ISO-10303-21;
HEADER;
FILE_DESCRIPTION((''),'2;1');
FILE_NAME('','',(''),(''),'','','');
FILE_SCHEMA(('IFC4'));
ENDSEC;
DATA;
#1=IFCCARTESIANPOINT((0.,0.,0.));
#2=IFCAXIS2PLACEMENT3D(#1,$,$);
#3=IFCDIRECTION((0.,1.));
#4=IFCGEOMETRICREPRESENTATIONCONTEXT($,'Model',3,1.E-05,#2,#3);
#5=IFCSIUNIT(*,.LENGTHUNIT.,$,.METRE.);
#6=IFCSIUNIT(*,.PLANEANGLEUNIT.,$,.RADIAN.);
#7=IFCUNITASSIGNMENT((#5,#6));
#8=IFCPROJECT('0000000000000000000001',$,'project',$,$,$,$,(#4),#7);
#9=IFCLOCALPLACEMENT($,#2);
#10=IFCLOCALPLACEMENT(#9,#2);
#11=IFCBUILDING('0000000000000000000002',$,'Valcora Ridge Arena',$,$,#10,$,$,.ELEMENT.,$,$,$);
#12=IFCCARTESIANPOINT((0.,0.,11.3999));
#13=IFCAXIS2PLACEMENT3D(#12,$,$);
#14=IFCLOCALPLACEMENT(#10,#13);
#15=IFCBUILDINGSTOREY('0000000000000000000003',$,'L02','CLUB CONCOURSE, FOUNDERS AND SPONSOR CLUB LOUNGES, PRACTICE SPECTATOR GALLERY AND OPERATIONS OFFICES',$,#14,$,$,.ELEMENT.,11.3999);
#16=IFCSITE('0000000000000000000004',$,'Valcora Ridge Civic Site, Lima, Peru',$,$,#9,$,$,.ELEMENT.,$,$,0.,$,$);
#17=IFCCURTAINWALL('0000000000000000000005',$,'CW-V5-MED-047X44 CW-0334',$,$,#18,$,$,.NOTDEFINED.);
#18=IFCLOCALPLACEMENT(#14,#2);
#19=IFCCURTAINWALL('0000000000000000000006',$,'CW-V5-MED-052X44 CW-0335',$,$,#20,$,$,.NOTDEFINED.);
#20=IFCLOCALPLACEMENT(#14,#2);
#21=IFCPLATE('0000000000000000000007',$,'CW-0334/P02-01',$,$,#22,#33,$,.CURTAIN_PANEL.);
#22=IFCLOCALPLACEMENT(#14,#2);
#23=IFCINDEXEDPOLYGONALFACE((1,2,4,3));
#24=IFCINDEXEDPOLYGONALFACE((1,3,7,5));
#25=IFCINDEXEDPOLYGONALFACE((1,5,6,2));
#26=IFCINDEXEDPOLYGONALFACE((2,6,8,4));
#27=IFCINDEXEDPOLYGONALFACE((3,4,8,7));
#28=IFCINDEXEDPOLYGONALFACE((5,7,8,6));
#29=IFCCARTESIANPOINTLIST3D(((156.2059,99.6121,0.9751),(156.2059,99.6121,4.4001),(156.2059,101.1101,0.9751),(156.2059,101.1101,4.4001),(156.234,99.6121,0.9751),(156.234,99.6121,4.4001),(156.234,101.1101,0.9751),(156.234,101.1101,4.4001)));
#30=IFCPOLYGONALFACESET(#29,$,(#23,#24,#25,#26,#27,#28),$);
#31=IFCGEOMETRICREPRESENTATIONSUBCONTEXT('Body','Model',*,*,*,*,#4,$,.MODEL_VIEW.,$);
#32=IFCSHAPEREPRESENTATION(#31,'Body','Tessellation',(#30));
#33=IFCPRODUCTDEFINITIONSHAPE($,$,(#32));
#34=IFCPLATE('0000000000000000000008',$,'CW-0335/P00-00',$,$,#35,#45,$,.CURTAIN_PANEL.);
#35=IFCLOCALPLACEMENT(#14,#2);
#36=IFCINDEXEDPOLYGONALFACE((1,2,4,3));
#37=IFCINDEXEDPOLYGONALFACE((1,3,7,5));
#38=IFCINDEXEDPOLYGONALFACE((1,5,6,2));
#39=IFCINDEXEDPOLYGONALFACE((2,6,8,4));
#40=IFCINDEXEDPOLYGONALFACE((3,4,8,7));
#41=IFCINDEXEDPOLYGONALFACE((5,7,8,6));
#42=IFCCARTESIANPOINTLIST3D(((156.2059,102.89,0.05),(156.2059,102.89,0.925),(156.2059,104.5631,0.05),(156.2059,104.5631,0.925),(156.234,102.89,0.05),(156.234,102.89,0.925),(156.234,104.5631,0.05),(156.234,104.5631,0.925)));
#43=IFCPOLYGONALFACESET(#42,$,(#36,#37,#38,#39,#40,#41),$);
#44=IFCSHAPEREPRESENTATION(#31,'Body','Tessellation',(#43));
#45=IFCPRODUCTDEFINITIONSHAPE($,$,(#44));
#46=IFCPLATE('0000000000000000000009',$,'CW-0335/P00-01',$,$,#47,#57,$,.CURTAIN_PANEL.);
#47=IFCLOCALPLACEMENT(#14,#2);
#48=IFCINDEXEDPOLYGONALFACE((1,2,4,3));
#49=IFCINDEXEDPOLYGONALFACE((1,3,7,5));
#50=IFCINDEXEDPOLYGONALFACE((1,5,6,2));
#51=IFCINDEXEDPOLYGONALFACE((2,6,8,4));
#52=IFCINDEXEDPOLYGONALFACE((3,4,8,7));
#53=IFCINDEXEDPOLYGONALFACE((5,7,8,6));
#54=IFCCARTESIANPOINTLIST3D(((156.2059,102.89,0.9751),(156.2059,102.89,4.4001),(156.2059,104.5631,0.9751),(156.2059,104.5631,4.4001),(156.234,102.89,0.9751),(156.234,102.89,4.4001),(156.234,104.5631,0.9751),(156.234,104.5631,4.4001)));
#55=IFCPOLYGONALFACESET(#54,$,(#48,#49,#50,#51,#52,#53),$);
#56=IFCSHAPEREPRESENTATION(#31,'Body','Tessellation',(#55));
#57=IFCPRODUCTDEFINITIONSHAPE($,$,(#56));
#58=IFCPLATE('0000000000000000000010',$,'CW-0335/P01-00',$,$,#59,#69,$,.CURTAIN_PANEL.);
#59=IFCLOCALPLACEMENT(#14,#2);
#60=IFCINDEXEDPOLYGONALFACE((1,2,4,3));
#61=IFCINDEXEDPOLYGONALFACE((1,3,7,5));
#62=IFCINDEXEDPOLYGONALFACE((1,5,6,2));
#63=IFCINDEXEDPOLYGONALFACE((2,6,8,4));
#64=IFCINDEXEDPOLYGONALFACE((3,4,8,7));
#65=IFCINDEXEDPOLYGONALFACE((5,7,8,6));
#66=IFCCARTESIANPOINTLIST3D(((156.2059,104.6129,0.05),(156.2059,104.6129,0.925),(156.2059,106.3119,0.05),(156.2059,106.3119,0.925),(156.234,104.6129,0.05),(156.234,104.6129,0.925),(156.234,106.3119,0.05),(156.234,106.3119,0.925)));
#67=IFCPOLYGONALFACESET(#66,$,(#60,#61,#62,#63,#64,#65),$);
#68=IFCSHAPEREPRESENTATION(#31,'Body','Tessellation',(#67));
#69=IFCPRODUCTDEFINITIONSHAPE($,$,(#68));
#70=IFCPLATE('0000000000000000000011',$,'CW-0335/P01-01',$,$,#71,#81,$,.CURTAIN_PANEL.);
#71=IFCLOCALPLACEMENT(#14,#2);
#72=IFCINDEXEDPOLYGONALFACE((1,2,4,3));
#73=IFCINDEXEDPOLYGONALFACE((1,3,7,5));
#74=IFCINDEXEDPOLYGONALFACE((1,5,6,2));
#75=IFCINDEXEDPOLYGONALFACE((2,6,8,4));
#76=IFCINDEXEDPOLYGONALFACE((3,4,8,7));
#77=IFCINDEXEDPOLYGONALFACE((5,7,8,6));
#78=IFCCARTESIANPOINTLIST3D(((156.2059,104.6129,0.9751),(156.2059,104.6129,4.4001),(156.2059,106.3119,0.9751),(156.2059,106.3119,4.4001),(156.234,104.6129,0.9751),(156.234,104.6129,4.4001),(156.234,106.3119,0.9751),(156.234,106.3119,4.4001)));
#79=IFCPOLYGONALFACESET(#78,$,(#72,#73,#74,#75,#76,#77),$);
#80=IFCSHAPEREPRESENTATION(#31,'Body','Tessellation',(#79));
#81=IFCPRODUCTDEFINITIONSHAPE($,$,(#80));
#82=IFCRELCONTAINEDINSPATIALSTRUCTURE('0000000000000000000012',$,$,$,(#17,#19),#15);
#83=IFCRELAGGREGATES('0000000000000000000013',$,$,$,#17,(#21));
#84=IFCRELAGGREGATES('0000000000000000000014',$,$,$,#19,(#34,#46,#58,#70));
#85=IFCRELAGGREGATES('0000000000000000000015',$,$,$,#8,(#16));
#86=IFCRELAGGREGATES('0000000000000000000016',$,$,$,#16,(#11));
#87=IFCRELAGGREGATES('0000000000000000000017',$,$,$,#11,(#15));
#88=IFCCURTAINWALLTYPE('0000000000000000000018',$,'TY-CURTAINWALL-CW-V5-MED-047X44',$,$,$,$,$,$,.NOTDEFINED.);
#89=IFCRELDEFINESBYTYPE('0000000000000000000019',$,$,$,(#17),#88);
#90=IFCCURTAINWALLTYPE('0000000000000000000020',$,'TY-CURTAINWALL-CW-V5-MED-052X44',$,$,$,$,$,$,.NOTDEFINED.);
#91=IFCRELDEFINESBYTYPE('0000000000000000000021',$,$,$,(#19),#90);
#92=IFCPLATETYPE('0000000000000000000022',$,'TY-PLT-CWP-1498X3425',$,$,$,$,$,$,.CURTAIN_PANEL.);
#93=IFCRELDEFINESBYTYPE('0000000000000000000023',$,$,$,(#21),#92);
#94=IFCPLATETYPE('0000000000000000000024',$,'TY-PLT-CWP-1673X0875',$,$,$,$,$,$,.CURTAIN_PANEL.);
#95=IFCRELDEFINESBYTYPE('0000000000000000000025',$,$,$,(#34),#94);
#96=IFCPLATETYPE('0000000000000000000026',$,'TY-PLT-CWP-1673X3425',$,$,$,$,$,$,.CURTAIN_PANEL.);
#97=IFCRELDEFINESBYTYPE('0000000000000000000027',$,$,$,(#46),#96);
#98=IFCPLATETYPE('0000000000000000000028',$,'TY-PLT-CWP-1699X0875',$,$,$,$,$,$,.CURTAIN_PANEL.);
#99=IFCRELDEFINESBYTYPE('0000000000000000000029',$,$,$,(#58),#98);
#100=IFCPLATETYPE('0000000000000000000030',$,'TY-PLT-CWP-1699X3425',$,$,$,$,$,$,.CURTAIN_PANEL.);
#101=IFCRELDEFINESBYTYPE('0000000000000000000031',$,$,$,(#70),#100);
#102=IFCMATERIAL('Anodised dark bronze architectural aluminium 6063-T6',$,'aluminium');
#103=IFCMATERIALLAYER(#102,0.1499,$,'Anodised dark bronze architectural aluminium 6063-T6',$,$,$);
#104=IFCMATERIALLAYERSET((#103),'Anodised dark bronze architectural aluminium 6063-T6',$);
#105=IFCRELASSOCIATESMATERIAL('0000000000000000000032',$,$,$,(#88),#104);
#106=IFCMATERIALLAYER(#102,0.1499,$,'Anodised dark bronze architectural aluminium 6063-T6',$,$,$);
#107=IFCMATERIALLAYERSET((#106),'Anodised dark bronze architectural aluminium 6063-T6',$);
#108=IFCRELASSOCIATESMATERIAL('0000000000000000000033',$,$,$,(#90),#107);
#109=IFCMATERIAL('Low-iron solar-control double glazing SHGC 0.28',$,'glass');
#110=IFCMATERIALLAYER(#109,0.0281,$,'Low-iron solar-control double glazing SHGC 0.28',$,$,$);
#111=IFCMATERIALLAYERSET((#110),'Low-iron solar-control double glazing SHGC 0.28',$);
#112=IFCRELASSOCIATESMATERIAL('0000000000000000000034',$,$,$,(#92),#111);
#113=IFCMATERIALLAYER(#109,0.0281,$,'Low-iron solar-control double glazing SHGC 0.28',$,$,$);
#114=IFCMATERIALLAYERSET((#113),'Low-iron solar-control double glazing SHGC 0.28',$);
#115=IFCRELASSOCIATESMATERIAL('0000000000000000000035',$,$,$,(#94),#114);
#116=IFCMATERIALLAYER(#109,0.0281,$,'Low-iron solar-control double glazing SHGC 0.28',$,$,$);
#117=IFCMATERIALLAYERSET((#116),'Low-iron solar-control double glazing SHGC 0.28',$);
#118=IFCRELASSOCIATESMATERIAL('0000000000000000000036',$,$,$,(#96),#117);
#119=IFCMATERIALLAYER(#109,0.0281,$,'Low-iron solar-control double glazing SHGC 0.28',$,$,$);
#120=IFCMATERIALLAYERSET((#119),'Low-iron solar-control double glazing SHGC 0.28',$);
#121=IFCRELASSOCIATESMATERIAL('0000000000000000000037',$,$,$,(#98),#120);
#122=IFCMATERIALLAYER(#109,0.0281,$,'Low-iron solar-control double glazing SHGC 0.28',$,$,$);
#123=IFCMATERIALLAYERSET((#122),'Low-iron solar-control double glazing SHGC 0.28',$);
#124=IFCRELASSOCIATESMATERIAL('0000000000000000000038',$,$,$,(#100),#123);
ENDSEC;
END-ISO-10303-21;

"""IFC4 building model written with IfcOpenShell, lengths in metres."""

from ifc_helpers import new_model, si_unit, direction, frame, origin, origin_2d, place, context, subcontext, project, spatial, rectangle, extrude, material, layer, layer_set, type_object, element, aggregate, save


model = new_model("IFC4")

# Units and contexts
model_context = context("Model", 3, precision=1e-05, world=origin(), true_north=direction((0.0, 1.0)))
body_context = subcontext(model_context, "Body", "Model", "MODEL_VIEW")
ifc_project = project(units=[si_unit("LENGTHUNIT", "METRE"), si_unit("PLANEANGLEUNIT", "RADIAN")], contexts=[model_context])

# Site, building, storey
site_placement = place(None, origin())
site = spatial("IfcSite", under=ifc_project, at=site_placement, Name="Valcora Ridge Civic Site, Lima, Peru", CompositionType="ELEMENT", RefElevation=0.0)
building_placement = place(site_placement, origin())
building = spatial("IfcBuilding", under=site, at=building_placement, Name="Valcora Ridge Arena", CompositionType="ELEMENT")
storey_placement = place(building_placement, frame((0.0, 0.0, 11.3999)))
storey = spatial("IfcBuildingStorey", under=building, at=storey_placement, Name="L02", Description="CLUB CONCOURSE, FOUNDERS AND SPONSOR CLUB LOUNGES, PRACTICE SPECTATOR GALLERY AND OPERATIONS OFFICES", CompositionType="ELEMENT", Elevation=11.3999)

# Curtain wall
ifc_material_1 = material(Name="Anodised dark bronze architectural aluminium 6063-T6", Category="aluminium")
ifc_layer_1 = layer(ifc_material_1, 0.1499, Name="Anodised dark bronze architectural aluminium 6063-T6")
ifc_layer_set_1 = layer_set([ifc_layer_1], Name="Anodised dark bronze architectural aluminium 6063-T6")
curtain_wall_type_1 = type_object("IfcCurtainWallType", Name="TY-CURTAINWALL-CW-V5-MED-047X44", PredefinedType="NOTDEFINED", material=ifc_layer_set_1)
curtain_wall_1_placement = place(storey_placement, origin())
curtain_wall_1 = element("IfcCurtainWall", 1, at=curtain_wall_1_placement, inside=storey, type_object=curtain_wall_type_1, Name="CW-V5-MED-047X44 CW-0334", PredefinedType="NOTDEFINED")

# Curtain wall
ifc_layer_2 = layer(ifc_material_1, 0.1499, Name="Anodised dark bronze architectural aluminium 6063-T6")
ifc_layer_set_2 = layer_set([ifc_layer_2], Name="Anodised dark bronze architectural aluminium 6063-T6")
curtain_wall_type_2 = type_object("IfcCurtainWallType", Name="TY-CURTAINWALL-CW-V5-MED-052X44", PredefinedType="NOTDEFINED", material=ifc_layer_set_2)
curtain_wall_2_placement = place(storey_placement, origin())
curtain_wall_2 = element("IfcCurtainWall", 2, at=curtain_wall_2_placement, inside=storey, type_object=curtain_wall_type_2, Name="CW-V5-MED-052X44 CW-0335", PredefinedType="NOTDEFINED")

# Plates
ifc_material_2 = material(Name="Low-iron solar-control double glazing SHGC 0.28", Category="glass")
ifc_layer_3 = layer(ifc_material_2, 0.0281, Name="Low-iron solar-control double glazing SHGC 0.28")
ifc_layer_set_3 = layer_set([ifc_layer_3], Name="Low-iron solar-control double glazing SHGC 0.28")
plate_type_1 = type_object("IfcPlateType", Name="TY-PLT-CWP-1498X3425", PredefinedType="CURTAIN_PANEL", material=ifc_layer_set_3)
plate_1_placement = place(storey_placement, frame((156.22, 100.3611, 0.9751), z_axis=(0.0, 0.0, 1.0), x_axis=(0.0, 1.0, 0.0)))
plate_1 = element("IfcPlate", 3, at=plate_1_placement, type_object=plate_type_1, Name="CW-0334/P02-01", PredefinedType="CURTAIN_PANEL", context=body_context, shape_type="SweptSolid", body=[
    extrude(rectangle(XDim=1.498, YDim=0.0281, at=origin_2d()), origin(), (0.0, 0.0, 1.0), 3.425),
])
aggregate(curtain_wall_1, [plate_1])
ifc_layer_4 = layer(ifc_material_2, 0.0281, Name="Low-iron solar-control double glazing SHGC 0.28")
ifc_layer_set_4 = layer_set([ifc_layer_4], Name="Low-iron solar-control double glazing SHGC 0.28")
plate_type_2 = type_object("IfcPlateType", Name="TY-PLT-CWP-1673X0875", PredefinedType="CURTAIN_PANEL", material=ifc_layer_set_4)
plate_2_placement = place(storey_placement, frame((156.22, 103.7266, 0.05), z_axis=(0.0, 0.0, 1.0), x_axis=(0.0, 1.0, 0.0)))
plate_2 = element("IfcPlate", 4, at=plate_2_placement, type_object=plate_type_2, Name="CW-0335/P00-00", PredefinedType="CURTAIN_PANEL", context=body_context, shape_type="SweptSolid", body=[
    extrude(rectangle(XDim=1.6731, YDim=0.0281, at=origin_2d()), origin(), (0.0, 0.0, 1.0), 0.875),
])
ifc_layer_5 = layer(ifc_material_2, 0.0281, Name="Low-iron solar-control double glazing SHGC 0.28")
ifc_layer_set_5 = layer_set([ifc_layer_5], Name="Low-iron solar-control double glazing SHGC 0.28")
plate_type_3 = type_object("IfcPlateType", Name="TY-PLT-CWP-1673X3425", PredefinedType="CURTAIN_PANEL", material=ifc_layer_set_5)
plate_3_placement = place(storey_placement, frame((156.22, 103.7266, 0.9751), z_axis=(0.0, 0.0, 1.0), x_axis=(0.0, 1.0, 0.0)))
plate_3 = element("IfcPlate", 5, at=plate_3_placement, type_object=plate_type_3, Name="CW-0335/P00-01", PredefinedType="CURTAIN_PANEL", context=body_context, shape_type="SweptSolid", body=[
    extrude(rectangle(XDim=1.6731, YDim=0.0281, at=origin_2d()), origin(), (0.0, 0.0, 1.0), 3.425),
])
ifc_layer_6 = layer(ifc_material_2, 0.0281, Name="Low-iron solar-control double glazing SHGC 0.28")
ifc_layer_set_6 = layer_set([ifc_layer_6], Name="Low-iron solar-control double glazing SHGC 0.28")
plate_type_4 = type_object("IfcPlateType", Name="TY-PLT-CWP-1699X0875", PredefinedType="CURTAIN_PANEL", material=ifc_layer_set_6)
plate_4_placement = place(storey_placement, frame((156.22, 105.4624, 0.05), z_axis=(0.0, 0.0, 1.0), x_axis=(0.0, 1.0, 0.0)))
plate_4 = element("IfcPlate", 6, at=plate_4_placement, type_object=plate_type_4, Name="CW-0335/P01-00", PredefinedType="CURTAIN_PANEL", context=body_context, shape_type="SweptSolid", body=[
    extrude(rectangle(XDim=1.699, YDim=0.0281, at=origin_2d()), origin(), (0.0, 0.0, 1.0), 0.875),
])
ifc_layer_7 = layer(ifc_material_2, 0.0281, Name="Low-iron solar-control double glazing SHGC 0.28")
ifc_layer_set_7 = layer_set([ifc_layer_7], Name="Low-iron solar-control double glazing SHGC 0.28")
plate_type_5 = type_object("IfcPlateType", Name="TY-PLT-CWP-1699X3425", PredefinedType="CURTAIN_PANEL", material=ifc_layer_set_7)
plate_5_placement = place(storey_placement, frame((156.22, 105.4624, 0.9751), z_axis=(0.0, 0.0, 1.0), x_axis=(0.0, 1.0, 0.0)))
plate_5 = element("IfcPlate", 7, at=plate_5_placement, type_object=plate_type_5, Name="CW-0335/P01-01", PredefinedType="CURTAIN_PANEL", context=body_context, shape_type="SweptSolid", body=[
    extrude(rectangle(XDim=1.699, YDim=0.0281, at=origin_2d()), origin(), (0.0, 0.0, 1.0), 3.425),
])
aggregate(curtain_wall_2, [plate_2, plate_3, plate_4, plate_5])

save(model, "model.ifc")
